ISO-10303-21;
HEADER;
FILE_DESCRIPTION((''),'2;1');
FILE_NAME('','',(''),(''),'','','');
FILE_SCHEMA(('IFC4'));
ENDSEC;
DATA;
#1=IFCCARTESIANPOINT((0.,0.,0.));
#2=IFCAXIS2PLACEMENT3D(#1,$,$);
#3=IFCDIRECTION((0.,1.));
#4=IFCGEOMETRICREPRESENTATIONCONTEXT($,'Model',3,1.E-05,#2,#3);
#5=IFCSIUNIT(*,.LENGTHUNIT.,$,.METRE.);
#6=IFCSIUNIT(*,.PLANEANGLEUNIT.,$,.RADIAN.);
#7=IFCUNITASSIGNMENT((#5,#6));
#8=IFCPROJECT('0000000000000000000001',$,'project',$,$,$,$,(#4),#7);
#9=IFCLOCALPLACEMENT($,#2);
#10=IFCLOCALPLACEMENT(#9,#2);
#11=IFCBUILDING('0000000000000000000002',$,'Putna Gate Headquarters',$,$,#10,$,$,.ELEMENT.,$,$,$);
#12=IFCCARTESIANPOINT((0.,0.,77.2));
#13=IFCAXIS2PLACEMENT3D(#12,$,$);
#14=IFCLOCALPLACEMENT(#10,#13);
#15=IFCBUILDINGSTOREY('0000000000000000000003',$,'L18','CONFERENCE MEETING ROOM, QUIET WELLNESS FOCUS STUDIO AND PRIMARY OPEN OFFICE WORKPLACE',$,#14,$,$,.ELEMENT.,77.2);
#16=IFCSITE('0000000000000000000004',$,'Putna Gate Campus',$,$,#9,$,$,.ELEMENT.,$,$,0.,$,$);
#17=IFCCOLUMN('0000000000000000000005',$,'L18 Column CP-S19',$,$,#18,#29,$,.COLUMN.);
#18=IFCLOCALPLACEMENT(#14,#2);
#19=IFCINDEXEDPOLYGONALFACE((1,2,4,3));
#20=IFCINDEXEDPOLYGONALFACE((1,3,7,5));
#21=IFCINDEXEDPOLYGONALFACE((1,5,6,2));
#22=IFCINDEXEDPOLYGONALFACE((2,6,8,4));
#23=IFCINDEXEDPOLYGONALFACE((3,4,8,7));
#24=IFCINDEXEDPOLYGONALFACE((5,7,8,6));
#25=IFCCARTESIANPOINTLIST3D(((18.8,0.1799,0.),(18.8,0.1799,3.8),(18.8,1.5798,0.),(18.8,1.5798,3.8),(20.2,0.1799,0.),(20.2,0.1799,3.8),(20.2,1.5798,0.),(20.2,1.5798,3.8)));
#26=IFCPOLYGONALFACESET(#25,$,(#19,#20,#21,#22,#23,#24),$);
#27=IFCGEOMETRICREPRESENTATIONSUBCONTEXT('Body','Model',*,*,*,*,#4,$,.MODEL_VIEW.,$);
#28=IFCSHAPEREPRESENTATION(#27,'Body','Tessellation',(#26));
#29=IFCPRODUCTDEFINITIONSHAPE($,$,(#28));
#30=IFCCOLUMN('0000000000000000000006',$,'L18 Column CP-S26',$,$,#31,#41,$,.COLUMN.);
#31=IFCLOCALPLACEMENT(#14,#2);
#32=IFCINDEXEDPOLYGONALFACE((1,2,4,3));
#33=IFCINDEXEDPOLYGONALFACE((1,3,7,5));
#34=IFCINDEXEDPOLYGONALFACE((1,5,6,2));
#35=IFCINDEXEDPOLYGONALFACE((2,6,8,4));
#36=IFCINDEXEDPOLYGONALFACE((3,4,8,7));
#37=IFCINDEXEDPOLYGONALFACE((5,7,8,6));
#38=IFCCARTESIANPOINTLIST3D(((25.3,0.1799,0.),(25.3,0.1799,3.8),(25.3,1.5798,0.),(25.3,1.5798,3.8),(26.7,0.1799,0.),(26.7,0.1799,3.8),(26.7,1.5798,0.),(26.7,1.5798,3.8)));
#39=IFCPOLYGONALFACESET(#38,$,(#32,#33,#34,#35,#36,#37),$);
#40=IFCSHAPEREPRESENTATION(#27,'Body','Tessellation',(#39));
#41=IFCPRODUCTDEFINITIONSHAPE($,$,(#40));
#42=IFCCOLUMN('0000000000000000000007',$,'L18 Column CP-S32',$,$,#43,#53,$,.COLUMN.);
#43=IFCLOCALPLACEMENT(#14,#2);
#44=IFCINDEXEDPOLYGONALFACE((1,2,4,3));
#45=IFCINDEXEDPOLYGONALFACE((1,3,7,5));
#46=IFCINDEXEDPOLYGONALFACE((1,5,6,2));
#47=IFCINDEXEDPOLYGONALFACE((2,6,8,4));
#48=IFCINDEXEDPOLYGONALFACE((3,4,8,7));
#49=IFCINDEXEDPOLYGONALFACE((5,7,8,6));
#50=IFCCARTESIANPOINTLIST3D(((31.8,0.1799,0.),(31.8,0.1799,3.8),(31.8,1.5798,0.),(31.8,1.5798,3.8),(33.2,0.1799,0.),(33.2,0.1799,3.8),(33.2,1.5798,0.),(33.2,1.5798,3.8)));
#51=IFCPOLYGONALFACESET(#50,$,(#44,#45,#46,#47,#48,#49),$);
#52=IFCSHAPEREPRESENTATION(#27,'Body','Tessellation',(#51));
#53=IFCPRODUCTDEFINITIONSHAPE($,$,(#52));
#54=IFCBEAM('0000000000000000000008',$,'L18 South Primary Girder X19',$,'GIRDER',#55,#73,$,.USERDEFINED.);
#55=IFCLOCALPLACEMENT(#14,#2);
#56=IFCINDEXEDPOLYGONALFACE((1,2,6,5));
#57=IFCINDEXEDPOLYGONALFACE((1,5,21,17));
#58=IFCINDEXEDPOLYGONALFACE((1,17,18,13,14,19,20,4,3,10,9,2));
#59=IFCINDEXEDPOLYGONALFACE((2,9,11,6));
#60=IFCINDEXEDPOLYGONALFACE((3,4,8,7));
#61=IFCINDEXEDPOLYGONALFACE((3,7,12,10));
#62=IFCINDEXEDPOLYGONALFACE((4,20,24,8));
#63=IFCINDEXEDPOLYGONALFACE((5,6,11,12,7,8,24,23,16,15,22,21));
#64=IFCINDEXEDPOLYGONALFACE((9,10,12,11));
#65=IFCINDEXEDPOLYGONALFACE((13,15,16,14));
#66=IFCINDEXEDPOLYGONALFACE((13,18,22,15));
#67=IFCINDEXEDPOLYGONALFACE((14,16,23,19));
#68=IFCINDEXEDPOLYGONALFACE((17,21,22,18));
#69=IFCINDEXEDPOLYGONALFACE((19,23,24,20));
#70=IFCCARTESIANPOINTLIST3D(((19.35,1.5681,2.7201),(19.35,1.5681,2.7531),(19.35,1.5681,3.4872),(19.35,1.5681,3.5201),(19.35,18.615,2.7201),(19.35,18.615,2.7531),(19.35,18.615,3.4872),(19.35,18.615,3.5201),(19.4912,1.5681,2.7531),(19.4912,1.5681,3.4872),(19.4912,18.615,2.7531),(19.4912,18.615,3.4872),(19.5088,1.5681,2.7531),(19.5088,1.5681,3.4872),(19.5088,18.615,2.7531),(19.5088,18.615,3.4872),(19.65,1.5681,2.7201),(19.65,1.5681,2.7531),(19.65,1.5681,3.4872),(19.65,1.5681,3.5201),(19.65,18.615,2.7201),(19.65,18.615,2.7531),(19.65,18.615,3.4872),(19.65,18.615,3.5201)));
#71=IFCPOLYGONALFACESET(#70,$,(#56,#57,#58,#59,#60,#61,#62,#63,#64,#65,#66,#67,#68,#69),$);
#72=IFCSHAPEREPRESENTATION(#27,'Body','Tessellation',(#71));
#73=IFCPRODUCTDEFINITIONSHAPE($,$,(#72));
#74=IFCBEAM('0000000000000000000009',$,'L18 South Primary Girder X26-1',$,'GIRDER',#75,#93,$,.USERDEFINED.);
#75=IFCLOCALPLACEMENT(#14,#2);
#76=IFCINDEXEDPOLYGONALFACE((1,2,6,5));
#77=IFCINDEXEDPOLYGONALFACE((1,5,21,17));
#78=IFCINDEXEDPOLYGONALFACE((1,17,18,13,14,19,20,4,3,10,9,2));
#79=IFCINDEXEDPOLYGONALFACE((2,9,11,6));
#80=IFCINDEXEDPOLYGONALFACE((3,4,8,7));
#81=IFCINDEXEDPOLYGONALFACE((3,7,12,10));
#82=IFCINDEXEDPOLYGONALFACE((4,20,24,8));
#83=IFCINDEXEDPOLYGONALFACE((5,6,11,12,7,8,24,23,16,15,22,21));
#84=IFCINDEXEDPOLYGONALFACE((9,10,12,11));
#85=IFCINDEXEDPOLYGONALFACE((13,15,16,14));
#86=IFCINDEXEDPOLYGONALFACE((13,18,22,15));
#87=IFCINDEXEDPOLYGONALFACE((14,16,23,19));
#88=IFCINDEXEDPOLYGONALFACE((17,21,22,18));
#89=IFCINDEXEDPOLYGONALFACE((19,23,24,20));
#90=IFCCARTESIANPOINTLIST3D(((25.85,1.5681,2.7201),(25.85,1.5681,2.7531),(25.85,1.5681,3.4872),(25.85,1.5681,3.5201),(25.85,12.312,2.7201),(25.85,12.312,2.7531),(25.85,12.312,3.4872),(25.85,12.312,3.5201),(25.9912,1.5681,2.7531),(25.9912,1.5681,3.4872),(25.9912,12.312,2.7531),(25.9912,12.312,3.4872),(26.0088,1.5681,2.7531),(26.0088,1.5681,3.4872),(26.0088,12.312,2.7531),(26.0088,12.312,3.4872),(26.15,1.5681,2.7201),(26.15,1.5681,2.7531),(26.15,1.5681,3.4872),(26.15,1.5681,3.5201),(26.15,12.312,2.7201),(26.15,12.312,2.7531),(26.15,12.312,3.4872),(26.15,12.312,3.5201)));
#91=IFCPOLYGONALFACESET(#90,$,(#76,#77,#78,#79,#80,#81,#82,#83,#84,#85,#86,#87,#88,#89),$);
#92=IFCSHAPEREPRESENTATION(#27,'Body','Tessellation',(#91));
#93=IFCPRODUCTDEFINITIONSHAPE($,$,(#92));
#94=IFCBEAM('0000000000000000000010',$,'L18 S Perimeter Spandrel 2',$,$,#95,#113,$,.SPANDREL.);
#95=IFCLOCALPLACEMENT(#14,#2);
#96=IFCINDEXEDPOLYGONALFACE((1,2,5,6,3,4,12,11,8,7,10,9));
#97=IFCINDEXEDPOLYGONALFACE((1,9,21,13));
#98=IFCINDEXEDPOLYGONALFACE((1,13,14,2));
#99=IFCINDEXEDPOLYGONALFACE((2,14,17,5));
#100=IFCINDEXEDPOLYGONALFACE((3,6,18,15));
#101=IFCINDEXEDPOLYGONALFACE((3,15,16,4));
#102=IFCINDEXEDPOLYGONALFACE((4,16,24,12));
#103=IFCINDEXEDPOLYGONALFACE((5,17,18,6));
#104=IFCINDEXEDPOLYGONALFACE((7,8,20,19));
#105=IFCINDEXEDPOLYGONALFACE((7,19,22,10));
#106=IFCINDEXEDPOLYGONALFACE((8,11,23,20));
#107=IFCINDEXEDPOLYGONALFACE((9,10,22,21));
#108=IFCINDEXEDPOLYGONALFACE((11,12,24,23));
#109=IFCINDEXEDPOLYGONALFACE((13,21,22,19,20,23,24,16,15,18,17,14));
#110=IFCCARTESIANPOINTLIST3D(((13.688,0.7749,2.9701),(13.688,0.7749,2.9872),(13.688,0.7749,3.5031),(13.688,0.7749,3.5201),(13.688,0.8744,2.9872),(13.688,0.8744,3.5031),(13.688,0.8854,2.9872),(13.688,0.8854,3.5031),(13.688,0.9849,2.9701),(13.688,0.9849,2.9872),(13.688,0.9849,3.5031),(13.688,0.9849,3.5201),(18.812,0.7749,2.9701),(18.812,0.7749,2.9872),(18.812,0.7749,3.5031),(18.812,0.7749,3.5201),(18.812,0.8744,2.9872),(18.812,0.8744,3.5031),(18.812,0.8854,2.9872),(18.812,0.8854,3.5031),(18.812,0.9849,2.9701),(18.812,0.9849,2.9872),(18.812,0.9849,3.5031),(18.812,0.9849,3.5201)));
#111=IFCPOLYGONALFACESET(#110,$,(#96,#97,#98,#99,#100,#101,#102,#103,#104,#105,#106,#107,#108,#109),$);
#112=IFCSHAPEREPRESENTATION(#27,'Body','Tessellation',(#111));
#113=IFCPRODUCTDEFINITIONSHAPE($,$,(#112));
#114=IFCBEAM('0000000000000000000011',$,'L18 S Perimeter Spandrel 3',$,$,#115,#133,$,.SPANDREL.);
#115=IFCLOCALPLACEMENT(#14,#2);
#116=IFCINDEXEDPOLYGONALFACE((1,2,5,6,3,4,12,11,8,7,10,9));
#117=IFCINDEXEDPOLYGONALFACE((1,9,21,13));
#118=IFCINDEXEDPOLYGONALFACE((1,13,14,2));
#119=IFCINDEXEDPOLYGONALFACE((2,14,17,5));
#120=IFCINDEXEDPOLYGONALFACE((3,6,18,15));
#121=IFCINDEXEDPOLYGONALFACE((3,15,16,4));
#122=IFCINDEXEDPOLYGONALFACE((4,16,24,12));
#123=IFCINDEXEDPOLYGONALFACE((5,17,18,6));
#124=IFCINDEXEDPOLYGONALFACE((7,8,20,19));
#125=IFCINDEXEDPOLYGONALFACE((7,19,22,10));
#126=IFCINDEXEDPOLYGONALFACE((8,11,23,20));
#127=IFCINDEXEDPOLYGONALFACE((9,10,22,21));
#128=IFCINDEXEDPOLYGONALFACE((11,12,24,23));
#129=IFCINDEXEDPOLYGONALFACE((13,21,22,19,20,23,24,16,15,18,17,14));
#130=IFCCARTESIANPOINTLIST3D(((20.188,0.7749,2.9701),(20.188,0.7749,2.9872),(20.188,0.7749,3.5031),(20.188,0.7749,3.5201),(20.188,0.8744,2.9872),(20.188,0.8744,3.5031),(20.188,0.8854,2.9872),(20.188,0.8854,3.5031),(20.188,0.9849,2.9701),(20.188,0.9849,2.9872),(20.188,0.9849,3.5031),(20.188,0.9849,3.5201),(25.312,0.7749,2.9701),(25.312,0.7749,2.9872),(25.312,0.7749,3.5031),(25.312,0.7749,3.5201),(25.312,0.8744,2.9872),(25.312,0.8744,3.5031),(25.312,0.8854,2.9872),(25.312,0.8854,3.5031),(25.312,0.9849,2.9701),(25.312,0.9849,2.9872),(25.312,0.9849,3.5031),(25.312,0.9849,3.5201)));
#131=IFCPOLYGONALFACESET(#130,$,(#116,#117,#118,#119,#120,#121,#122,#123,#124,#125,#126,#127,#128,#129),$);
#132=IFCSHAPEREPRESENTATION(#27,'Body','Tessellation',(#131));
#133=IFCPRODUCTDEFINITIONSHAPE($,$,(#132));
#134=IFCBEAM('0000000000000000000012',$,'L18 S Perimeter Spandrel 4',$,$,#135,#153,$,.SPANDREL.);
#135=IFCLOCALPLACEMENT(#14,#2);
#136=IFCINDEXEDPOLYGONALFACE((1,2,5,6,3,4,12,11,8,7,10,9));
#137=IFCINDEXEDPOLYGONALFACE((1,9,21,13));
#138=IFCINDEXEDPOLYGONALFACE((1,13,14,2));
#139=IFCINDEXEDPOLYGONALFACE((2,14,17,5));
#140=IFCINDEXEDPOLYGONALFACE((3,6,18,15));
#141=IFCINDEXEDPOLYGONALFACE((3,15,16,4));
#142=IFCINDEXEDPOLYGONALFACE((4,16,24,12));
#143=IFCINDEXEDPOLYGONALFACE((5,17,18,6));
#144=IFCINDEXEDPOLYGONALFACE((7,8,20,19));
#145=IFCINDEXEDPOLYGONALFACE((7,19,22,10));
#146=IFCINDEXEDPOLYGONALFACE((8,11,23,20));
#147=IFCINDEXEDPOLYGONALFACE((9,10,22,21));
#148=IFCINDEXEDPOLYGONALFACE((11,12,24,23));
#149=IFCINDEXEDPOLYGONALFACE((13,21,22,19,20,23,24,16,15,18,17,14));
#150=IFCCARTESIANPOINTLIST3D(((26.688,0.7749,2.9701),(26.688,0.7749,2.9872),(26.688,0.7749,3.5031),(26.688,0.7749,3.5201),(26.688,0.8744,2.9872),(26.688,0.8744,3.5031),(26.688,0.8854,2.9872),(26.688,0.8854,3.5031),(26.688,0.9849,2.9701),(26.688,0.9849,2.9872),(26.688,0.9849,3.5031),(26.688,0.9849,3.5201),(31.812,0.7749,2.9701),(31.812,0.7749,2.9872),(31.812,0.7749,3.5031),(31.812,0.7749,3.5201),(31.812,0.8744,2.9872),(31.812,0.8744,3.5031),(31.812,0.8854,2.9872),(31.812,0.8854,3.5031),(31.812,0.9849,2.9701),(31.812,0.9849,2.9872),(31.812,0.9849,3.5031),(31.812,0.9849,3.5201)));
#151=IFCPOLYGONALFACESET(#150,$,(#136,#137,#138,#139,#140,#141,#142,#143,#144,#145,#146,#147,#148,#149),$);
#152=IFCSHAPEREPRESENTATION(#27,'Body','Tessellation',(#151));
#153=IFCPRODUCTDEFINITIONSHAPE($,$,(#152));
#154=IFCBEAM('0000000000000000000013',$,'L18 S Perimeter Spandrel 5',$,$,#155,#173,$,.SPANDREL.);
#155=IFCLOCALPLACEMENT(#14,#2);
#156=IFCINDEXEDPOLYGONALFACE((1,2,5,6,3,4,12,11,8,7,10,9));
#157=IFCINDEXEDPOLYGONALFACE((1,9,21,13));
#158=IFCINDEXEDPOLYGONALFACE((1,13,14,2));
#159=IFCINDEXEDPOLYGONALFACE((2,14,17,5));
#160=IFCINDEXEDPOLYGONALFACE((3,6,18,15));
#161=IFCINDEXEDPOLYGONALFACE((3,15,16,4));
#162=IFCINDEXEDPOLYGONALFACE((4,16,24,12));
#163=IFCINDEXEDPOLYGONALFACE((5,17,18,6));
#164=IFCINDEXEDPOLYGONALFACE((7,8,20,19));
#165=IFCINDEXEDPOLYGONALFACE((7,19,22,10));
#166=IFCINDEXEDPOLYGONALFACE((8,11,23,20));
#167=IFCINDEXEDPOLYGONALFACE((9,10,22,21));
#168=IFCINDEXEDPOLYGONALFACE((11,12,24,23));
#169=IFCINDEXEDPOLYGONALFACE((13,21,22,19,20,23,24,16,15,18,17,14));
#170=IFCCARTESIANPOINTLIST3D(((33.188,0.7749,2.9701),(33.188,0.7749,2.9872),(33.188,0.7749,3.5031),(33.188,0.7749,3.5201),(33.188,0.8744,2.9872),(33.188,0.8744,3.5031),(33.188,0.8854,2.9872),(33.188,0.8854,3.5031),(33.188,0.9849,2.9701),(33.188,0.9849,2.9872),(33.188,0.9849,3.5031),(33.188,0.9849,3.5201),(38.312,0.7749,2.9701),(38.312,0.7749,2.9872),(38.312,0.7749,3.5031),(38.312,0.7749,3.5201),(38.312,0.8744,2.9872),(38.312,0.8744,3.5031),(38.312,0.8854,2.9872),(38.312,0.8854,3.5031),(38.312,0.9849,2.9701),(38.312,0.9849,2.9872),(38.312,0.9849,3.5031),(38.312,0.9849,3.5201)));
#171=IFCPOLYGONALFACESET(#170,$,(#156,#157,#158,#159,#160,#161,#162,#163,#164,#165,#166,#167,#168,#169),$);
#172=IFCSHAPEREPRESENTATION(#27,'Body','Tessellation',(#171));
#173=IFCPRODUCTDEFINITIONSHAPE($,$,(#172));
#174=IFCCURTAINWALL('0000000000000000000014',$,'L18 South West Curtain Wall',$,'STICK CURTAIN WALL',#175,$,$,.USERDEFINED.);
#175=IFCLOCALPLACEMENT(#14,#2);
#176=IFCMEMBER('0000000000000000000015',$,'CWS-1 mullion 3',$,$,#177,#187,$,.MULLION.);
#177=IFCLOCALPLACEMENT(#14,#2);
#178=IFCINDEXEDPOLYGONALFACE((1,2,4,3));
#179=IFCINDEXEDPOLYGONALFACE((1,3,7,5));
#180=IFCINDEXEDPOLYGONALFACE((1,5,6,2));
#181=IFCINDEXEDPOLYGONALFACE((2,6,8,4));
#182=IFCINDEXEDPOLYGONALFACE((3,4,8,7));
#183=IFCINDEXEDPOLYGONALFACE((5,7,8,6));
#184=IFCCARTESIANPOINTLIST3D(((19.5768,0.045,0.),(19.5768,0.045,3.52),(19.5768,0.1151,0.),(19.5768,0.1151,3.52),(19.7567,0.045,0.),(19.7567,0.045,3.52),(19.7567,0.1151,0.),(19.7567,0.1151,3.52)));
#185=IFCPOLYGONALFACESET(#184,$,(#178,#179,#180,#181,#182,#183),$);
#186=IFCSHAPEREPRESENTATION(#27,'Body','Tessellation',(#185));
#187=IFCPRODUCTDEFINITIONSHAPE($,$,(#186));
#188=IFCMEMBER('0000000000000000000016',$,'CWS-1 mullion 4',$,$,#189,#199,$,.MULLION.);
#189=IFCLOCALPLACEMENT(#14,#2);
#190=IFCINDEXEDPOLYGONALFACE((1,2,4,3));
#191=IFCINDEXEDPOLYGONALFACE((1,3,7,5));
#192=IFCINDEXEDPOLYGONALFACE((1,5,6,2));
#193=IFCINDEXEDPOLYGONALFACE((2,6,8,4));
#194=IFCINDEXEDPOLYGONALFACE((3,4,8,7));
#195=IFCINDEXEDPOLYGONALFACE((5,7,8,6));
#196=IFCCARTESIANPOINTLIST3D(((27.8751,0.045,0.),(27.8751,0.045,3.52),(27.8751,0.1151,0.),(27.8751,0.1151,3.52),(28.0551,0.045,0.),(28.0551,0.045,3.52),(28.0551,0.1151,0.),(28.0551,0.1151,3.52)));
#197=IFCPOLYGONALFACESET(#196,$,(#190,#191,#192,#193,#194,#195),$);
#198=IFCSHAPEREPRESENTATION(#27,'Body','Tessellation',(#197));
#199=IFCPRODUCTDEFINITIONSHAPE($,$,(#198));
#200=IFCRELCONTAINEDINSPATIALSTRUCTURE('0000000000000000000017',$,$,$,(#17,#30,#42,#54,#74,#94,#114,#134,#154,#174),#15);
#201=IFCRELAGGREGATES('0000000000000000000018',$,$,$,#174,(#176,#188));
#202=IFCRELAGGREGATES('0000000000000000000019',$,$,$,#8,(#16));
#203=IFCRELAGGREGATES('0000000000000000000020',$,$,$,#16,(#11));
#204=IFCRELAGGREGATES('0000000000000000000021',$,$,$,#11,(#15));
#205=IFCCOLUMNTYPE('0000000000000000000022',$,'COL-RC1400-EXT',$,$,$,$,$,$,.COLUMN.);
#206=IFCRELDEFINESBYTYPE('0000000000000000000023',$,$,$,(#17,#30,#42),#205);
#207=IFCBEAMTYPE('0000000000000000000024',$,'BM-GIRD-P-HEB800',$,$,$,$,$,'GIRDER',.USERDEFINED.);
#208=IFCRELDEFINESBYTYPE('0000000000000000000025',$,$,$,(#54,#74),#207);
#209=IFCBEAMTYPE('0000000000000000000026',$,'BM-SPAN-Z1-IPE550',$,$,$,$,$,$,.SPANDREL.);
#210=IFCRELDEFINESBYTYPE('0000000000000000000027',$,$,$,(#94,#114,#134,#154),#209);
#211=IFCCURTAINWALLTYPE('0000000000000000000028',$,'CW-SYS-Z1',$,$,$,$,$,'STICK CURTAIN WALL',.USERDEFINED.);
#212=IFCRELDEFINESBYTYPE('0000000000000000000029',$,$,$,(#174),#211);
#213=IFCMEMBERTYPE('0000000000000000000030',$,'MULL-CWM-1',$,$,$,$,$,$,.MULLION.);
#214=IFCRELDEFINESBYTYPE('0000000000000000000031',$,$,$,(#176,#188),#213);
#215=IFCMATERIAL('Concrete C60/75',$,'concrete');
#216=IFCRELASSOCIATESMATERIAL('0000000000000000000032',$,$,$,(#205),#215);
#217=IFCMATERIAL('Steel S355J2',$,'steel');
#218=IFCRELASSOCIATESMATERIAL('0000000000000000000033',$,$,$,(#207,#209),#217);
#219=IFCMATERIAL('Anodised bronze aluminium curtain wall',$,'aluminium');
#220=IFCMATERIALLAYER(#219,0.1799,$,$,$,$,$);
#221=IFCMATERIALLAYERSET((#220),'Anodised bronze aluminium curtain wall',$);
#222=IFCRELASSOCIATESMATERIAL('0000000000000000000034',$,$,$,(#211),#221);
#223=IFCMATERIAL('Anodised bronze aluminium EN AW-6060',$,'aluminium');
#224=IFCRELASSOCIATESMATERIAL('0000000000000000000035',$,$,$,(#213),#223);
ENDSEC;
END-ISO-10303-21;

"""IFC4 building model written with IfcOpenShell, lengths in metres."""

from ifc_helpers import new_model, si_unit, direction, frame, origin, origin_2d, place, context, subcontext, project, spatial, rectangle, i_section, extrude, material, layer, layer_set, material_profile, profile_set, type_object, element, aggregate, save


model = new_model("IFC4")

# Units and contexts
model_context = context("Model", 3, precision=1e-05, world=origin(), true_north=direction((0.0, 1.0)))
body_context = subcontext(model_context, "Body", "Model", "MODEL_VIEW")
ifc_project = project(units=[si_unit("LENGTHUNIT", "METRE"), si_unit("PLANEANGLEUNIT", "RADIAN")], contexts=[model_context])

# Site, building, storey
site_placement = place(None, origin())
site = spatial("IfcSite", under=ifc_project, at=site_placement, Name="Putna Gate Campus", CompositionType="ELEMENT", RefElevation=0.0)
building_placement = place(site_placement, origin())
building = spatial("IfcBuilding", under=site, at=building_placement, Name="Putna Gate Headquarters", CompositionType="ELEMENT")
storey_placement = place(building_placement, frame((0.0, 0.0, 77.2)))
storey = spatial("IfcBuildingStorey", under=building, at=storey_placement, Name="L18", Description="CONFERENCE MEETING ROOM, QUIET WELLNESS FOCUS STUDIO AND PRIMARY OPEN OFFICE WORKPLACE", CompositionType="ELEMENT", Elevation=77.2)

# Columns
ifc_material_1 = material(Name="Concrete C60/75", Category="concrete")
ifc_material_profile_1 = material_profile(ifc_material_1, rectangle(XDim=1.3999, YDim=1.3999, at=origin_2d()), Name="Concrete C60/75")
ifc_profile_set_1 = profile_set([ifc_material_profile_1], Name="Concrete C60/75")
column_type = type_object("IfcColumnType", Name="COL-RC1400-EXT", PredefinedType="COLUMN", material=ifc_profile_set_1)
for number, where, z_axis, x_axis, name in (
    (1, (19.5, 0.8799, 0.0), (0.0, 0.0, 1.0), (1.0, 0.0, 0.0), "L18 Column CP-S19"),
    (2, (26.0, 0.8799, 0.0), (0.0, 0.0, 1.0), (1.0, 0.0, 0.0), "L18 Column CP-S26"),
    (3, (32.5, 0.8799, 0.0), (0.0, 0.0, 1.0), (1.0, 0.0, 0.0), "L18 Column CP-S32"),
):
    element("IfcColumn", number, at=place(storey_placement, frame(where, z_axis=z_axis, x_axis=x_axis)), inside=storey, type_object=column_type, Name=name, PredefinedType="COLUMN", context=body_context, shape_type="SweptSolid", body=[
        extrude(rectangle(XDim=1.3999, YDim=1.3999, at=origin_2d()), origin(), (0.0, 0.0, 1.0), 3.8),
    ])

# Beams
ifc_material_2 = material(Name="Steel S355J2", Category="steel")
ifc_material_profile_2 = material_profile(ifc_material_2, i_section(OverallWidth=0.3, OverallDepth=0.8, WebThickness=0.0176, FlangeThickness=0.033, at=origin_2d()), Name="Steel S355J2")
ifc_profile_set_2 = profile_set([ifc_material_profile_2], Name="Steel S355J2")
beam_type_1 = type_object("IfcBeamType", Name="BM-GIRD-P-HEB800", ElementType="GIRDER", PredefinedType="USERDEFINED", material=ifc_profile_set_2)
beam_1_placement = place(storey_placement, frame((19.5, 1.5681, 3.1201), z_axis=(0.0, 1.0, 0.0), x_axis=(-1.0, 0.0, 0.0)))
element("IfcBeam", 4, at=beam_1_placement, inside=storey, type_object=beam_type_1, Name="L18 South Primary Girder X19", ObjectType="GIRDER", PredefinedType="USERDEFINED", context=body_context, shape_type="SweptSolid", body=[
    extrude(i_section(OverallWidth=0.3, OverallDepth=0.8, WebThickness=0.0176, FlangeThickness=0.033, at=origin_2d()), origin(), (0.0, 0.0, 1.0), 17.0469),
])
beam_2_placement = place(storey_placement, frame((26.0, 1.5681, 3.1201), z_axis=(0.0, 1.0, 0.0), x_axis=(-1.0, 0.0, 0.0)))
element("IfcBeam", 5, at=beam_2_placement, inside=storey, type_object=beam_type_1, Name="L18 South Primary Girder X26-1", ObjectType="GIRDER", PredefinedType="USERDEFINED", context=body_context, shape_type="SweptSolid", body=[
    extrude(i_section(OverallWidth=0.3, OverallDepth=0.8, WebThickness=0.0176, FlangeThickness=0.033, at=origin_2d()), origin(), (0.0, 0.0, 1.0), 10.7439),
])
ifc_material_profile_3 = material_profile(ifc_material_2, i_section(OverallWidth=0.21, OverallDepth=0.55, WebThickness=0.011, FlangeThickness=0.0171, at=origin_2d()), Name="Steel S355J2")
ifc_profile_set_3 = profile_set([ifc_material_profile_3], Name="Steel S355J2")
beam_type_2 = type_object("IfcBeamType", Name="BM-SPAN-Z1-IPE550", PredefinedType="SPANDREL", material=ifc_profile_set_3)
for number, where, z_axis, x_axis, name in (
    (6, (13.688, 0.8799, 3.2451), (1.0, 0.0, 0.0), (0.0, 1.0, 0.0), "L18 S Perimeter Spandrel 2"),
    (7, (20.188, 0.8799, 3.2451), (1.0, 0.0, 0.0), (0.0, 1.0, 0.0), "L18 S Perimeter Spandrel 3"),
    (8, (26.688, 0.8799, 3.2451), (1.0, 0.0, 0.0), (0.0, 1.0, 0.0), "L18 S Perimeter Spandrel 4"),
    (9, (33.188, 0.8799, 3.2451), (1.0, 0.0, 0.0), (0.0, 1.0, 0.0), "L18 S Perimeter Spandrel 5"),
):
    element("IfcBeam", number, at=place(storey_placement, frame(where, z_axis=z_axis, x_axis=x_axis)), inside=storey, type_object=beam_type_2, Name=name, PredefinedType="SPANDREL", context=body_context, shape_type="SweptSolid", body=[
        extrude(i_section(OverallWidth=0.21, OverallDepth=0.55, WebThickness=0.011, FlangeThickness=0.0171, at=origin_2d()), origin(), (0.0, 0.0, 1.0), 5.124),
    ])

# Curtain wall, members
ifc_material_3 = material(Name="Anodised bronze aluminium curtain wall", Category="aluminium")
ifc_layer_1 = layer(ifc_material_3, 0.1799)
ifc_layer_set_1 = layer_set([ifc_layer_1], Name="Anodised bronze aluminium curtain wall")
curtain_wall_type_1 = type_object("IfcCurtainWallType", Name="CW-SYS-Z1", ElementType="STICK CURTAIN WALL", PredefinedType="USERDEFINED", material=ifc_layer_set_1)
curtain_wall_1_placement = place(storey_placement, origin())
curtain_wall_1 = element("IfcCurtainWall", 10, at=curtain_wall_1_placement, inside=storey, type_object=curtain_wall_type_1, Name="L18 South West Curtain Wall", ObjectType="STICK CURTAIN WALL", PredefinedType="USERDEFINED")
ifc_material_4 = material(Name="Anodised bronze aluminium EN AW-6060", Category="aluminium")
ifc_material_profile_4 = material_profile(ifc_material_4, rectangle(XDim=0.0701, YDim=0.1799, at=origin_2d()), Name="Anodised bronze aluminium EN AW-6060")
ifc_profile_set_4 = profile_set([ifc_material_profile_4], Name="Anodised bronze aluminium EN AW-6060")
member_type_1 = type_object("IfcMemberType", Name="MULL-CWM-1", PredefinedType="MULLION", material=ifc_profile_set_4)
member_1_placement = place(storey_placement, frame((19.6667, 0.0801, 0.0), z_axis=(0.0, 0.0, 1.0), x_axis=(0.0, 1.0, 0.0)))
member_1 = element("IfcMember", 11, at=member_1_placement, type_object=member_type_1, Name="CWS-1 mullion 3", PredefinedType="MULLION", context=body_context, shape_type="SweptSolid", body=[
    extrude(rectangle(XDim=0.0701, YDim=0.1799, at=origin_2d()), origin(), (0.0, 0.0, 1.0), 3.52),
])
member_2_placement = place(storey_placement, frame((27.9651, 0.0801, 0.0), z_axis=(0.0, 0.0, 1.0), x_axis=(0.0, 1.0, 0.0)))
member_2 = element("IfcMember", 12, at=member_2_placement, type_object=member_type_1, Name="CWS-1 mullion 4", PredefinedType="MULLION", context=body_context, shape_type="SweptSolid", body=[
    extrude(rectangle(XDim=0.0701, YDim=0.1799, at=origin_2d()), origin(), (0.0, 0.0, 1.0), 3.52),
])

aggregate(curtain_wall_1, [member_1, member_2])

save(model, "model.ifc")
